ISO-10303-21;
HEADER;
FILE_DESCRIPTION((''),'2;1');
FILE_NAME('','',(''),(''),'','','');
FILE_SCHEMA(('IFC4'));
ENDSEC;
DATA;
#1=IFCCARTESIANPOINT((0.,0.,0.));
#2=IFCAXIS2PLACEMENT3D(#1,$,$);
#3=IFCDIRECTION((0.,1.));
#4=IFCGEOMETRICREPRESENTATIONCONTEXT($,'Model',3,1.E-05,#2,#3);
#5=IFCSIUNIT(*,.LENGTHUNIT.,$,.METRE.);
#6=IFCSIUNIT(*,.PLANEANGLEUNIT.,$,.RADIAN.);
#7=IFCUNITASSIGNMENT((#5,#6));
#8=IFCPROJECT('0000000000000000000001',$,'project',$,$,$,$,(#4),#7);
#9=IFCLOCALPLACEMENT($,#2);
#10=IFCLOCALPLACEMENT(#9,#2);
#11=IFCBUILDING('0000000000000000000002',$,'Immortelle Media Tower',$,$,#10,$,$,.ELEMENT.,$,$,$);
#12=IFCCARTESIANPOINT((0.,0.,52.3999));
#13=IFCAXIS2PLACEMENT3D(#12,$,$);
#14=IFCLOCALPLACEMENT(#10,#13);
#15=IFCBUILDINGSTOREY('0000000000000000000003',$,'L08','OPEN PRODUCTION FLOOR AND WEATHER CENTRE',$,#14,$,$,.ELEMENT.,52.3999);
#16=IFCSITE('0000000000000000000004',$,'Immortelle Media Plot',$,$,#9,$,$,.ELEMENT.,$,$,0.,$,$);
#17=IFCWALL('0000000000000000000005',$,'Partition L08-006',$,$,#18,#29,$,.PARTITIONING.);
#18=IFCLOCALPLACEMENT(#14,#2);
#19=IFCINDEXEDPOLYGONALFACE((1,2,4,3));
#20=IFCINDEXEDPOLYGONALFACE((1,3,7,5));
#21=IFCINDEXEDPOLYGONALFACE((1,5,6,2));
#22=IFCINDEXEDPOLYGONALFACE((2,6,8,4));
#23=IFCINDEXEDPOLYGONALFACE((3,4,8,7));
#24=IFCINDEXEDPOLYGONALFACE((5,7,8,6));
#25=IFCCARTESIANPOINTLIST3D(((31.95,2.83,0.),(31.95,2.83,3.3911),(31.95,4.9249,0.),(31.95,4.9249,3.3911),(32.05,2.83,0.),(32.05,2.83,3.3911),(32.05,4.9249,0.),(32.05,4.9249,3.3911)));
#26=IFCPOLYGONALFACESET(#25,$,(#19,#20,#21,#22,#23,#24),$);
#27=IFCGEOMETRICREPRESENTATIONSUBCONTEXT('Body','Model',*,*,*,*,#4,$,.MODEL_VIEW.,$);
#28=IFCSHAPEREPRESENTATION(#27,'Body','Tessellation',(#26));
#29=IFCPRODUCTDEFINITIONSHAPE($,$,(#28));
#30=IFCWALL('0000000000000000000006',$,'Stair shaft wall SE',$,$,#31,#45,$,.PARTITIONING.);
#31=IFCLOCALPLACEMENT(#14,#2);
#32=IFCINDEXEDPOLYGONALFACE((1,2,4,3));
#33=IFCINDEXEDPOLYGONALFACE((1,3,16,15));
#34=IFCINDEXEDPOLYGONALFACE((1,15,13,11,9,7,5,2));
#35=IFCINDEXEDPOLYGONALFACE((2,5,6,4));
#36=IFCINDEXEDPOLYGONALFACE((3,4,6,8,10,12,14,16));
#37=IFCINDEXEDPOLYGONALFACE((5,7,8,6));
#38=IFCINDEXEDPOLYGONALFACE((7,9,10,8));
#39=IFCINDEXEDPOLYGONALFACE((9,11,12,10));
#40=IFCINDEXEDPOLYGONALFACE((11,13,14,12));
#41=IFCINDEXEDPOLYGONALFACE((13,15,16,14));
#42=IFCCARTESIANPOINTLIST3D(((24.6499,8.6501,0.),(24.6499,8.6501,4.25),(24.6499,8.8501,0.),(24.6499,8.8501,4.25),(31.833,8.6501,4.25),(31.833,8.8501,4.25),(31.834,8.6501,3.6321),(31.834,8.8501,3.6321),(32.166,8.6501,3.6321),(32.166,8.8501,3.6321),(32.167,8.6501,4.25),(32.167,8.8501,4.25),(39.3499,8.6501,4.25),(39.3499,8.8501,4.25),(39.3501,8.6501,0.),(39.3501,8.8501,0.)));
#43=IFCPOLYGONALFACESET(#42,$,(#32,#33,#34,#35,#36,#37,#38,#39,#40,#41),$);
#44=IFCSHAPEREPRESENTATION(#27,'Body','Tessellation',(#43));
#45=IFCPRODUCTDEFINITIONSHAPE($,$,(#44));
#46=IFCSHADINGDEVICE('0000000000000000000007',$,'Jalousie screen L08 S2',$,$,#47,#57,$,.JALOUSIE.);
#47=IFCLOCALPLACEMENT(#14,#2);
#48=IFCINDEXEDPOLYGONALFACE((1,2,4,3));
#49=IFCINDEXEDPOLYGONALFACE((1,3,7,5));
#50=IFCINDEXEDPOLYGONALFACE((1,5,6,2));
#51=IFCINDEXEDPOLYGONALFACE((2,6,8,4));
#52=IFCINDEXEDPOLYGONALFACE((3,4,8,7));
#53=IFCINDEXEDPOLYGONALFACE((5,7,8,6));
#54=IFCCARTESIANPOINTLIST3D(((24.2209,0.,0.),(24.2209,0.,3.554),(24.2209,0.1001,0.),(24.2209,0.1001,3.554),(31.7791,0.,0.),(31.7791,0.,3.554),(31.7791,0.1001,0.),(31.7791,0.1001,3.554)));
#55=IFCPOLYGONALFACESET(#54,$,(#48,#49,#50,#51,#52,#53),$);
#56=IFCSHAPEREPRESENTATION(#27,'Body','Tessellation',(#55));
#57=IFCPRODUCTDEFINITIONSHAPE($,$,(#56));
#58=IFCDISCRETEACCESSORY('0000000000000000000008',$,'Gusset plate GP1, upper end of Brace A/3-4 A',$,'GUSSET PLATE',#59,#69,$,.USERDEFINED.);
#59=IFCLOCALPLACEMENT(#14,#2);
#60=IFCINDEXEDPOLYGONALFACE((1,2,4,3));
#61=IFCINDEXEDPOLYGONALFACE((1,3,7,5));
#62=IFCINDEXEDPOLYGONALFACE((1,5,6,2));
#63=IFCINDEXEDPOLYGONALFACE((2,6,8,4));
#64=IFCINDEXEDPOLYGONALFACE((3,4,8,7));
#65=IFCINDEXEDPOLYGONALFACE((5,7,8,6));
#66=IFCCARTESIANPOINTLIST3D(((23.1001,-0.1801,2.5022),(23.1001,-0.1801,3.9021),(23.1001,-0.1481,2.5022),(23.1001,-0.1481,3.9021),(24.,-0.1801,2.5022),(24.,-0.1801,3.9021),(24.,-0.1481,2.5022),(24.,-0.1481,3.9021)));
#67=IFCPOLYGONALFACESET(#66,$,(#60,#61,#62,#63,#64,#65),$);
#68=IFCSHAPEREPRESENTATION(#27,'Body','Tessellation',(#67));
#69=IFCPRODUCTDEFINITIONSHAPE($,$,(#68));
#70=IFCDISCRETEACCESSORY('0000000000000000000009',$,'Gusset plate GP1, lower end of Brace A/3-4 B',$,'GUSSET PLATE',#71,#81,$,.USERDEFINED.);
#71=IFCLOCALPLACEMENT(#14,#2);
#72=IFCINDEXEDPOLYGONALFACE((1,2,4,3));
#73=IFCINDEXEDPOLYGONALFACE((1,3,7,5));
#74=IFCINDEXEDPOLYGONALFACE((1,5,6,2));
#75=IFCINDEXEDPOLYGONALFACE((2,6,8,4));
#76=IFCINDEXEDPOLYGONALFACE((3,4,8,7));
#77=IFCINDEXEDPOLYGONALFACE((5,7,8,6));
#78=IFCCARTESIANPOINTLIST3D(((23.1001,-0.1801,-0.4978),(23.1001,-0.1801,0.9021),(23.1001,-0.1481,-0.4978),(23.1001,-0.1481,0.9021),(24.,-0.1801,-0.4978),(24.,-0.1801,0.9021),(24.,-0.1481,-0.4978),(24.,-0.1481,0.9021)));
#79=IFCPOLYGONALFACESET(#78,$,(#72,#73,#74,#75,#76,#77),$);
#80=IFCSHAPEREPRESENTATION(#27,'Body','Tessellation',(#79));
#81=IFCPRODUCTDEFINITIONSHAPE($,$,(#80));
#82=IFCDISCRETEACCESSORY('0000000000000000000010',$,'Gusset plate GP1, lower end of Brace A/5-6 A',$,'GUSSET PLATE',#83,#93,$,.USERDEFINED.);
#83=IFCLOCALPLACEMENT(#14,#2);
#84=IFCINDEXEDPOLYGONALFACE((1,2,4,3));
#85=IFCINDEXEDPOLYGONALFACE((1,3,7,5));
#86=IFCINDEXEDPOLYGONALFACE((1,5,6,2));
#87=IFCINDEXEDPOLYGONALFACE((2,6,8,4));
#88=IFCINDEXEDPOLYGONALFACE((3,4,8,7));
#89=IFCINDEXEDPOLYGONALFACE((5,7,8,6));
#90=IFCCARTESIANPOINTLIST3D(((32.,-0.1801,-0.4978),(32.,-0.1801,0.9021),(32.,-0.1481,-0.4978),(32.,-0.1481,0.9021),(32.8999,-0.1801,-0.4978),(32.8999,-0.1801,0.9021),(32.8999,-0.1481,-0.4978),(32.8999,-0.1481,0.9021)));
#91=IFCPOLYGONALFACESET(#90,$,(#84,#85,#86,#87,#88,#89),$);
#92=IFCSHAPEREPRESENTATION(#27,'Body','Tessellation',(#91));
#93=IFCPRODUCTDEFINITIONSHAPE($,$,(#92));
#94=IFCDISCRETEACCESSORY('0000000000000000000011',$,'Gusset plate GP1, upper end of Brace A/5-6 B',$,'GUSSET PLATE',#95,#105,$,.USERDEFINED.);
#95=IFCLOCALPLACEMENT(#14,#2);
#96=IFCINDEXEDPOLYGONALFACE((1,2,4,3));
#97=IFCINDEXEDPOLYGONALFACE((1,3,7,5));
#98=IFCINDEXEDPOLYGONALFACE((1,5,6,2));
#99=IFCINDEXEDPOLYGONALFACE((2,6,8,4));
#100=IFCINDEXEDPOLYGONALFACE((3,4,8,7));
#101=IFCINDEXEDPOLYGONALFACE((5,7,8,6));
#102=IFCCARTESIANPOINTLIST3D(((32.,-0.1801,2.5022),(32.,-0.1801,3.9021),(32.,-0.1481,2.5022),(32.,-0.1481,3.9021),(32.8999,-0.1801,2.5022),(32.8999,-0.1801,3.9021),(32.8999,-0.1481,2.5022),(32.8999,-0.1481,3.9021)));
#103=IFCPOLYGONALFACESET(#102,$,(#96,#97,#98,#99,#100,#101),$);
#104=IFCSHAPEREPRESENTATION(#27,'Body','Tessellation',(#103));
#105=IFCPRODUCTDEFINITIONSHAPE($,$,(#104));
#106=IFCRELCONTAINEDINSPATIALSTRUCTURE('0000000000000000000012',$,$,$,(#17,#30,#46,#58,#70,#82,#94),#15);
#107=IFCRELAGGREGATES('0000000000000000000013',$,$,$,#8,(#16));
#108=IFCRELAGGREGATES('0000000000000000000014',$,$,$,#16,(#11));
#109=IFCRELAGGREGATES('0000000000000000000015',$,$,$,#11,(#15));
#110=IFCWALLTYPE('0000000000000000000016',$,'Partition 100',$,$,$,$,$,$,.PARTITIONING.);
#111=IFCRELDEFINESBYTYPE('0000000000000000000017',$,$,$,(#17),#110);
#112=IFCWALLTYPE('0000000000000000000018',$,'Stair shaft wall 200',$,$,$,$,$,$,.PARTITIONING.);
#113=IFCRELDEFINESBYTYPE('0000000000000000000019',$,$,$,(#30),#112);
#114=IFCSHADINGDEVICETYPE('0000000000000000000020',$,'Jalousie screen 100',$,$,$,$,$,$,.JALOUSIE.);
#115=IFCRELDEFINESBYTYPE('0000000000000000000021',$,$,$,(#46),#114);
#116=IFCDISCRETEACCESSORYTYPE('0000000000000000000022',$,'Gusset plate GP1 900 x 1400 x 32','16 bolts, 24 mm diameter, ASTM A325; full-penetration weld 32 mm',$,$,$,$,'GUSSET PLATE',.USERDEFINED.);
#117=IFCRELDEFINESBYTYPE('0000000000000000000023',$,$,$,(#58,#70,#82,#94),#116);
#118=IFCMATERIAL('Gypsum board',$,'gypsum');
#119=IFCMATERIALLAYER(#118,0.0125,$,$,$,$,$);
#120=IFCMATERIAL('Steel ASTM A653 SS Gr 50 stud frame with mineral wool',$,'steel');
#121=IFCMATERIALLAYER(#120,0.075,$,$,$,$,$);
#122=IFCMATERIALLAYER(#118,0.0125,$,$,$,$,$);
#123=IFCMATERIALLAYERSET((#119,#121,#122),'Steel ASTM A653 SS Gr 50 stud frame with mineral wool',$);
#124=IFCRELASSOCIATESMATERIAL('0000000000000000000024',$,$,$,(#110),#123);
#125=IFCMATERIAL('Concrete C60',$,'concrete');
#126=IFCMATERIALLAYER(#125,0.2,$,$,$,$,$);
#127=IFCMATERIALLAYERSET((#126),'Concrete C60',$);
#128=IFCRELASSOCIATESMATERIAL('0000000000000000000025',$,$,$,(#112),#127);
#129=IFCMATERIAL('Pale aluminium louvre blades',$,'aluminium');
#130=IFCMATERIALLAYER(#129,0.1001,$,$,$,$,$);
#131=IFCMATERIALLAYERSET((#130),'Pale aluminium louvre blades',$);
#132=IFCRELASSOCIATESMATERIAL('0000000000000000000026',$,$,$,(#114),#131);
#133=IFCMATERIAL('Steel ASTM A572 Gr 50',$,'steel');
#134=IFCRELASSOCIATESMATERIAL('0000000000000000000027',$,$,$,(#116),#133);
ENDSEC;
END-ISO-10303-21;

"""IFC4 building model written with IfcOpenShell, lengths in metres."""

from ifc_helpers import new_model, si_unit, direction, frame, frame_2d, origin, origin_2d, place, context, subcontext, project, spatial, polyline, rectangle, outline, extrude, material, layer, layer_set, material_profile, profile_set, type_object, element, save


model = new_model("IFC4")

# Units and contexts
model_context = context("Model", 3, precision=1e-05, world=origin(), true_north=direction((0.0, 1.0)))
body_context = subcontext(model_context, "Body", "Model", "MODEL_VIEW")
ifc_project = project(units=[si_unit("LENGTHUNIT", "METRE"), si_unit("PLANEANGLEUNIT", "RADIAN")], contexts=[model_context])

# Site, building, storey
site_placement = place(None, origin())
site = spatial("IfcSite", under=ifc_project, at=site_placement, Name="Immortelle Media Plot", CompositionType="ELEMENT", RefElevation=0.0)
building_placement = place(site_placement, origin())
building = spatial("IfcBuilding", under=site, at=building_placement, Name="Immortelle Media Tower", CompositionType="ELEMENT")
storey_placement = place(building_placement, frame((0.0, 0.0, 52.3999)))
storey = spatial("IfcBuildingStorey", under=building, at=storey_placement, Name="L08", Description="OPEN PRODUCTION FLOOR AND WEATHER CENTRE", CompositionType="ELEMENT", Elevation=52.3999)

# Shared definitions
ifc_material_1 = material(Name="Steel ASTM A653 SS Gr 50 stud frame with mineral wool", Category="steel")

# Walls
ifc_material_2 = material(Name="Gypsum board", Category="gypsum")
ifc_layer_1 = layer(ifc_material_2, 0.0125)
ifc_layer_2 = layer(ifc_material_1, 0.075)
ifc_layer_3 = layer(ifc_material_2, 0.0125)
ifc_layer_set_1 = layer_set([ifc_layer_1, ifc_layer_2, ifc_layer_3], Name="Steel ASTM A653 SS Gr 50 stud frame with mineral wool")
wall_type_1 = type_object("IfcWallType", Name="Partition 100", PredefinedType="PARTITIONING", material=ifc_layer_set_1)
for number, where, z_axis, x_axis, name in (
    (1, (32.0, 2.8301, 0.0), (0.0, 0.0, 1.0), (0.0, 1.0, 0.0), "Partition L08-006"),
):
    element("IfcWall", number, at=place(storey_placement, frame(where, z_axis=z_axis, x_axis=x_axis)), inside=storey, type_object=wall_type_1, Name=name, PredefinedType="PARTITIONING", context=body_context, shape_type="SweptSolid", body=[
        extrude(rectangle(XDim=2.095, YDim=0.1001, at=frame_2d((1.0474, 0.0))), origin(), (0.0, 0.0, 1.0), 3.3911),
    ])
ifc_material_3 = material(Name="Concrete C60", Category="concrete")
ifc_layer_4 = layer(ifc_material_3, 0.2)
ifc_layer_set_2 = layer_set([ifc_layer_4], Name="Concrete C60")
wall_type_2 = type_object("IfcWallType", Name="Stair shaft wall 200", PredefinedType="PARTITIONING", material=ifc_layer_set_2)
wall_1_placement = place(storey_placement, frame((24.6499, 8.75, 0.0), z_axis=(0.0, 0.0, 1.0), x_axis=(1.0, 0.0, 0.0)))
element("IfcWall", 2, at=wall_1_placement, inside=storey, type_object=wall_type_2, Name="Stair shaft wall SE", PredefinedType="PARTITIONING", context=body_context, shape_type="SweptSolid", body=[
    extrude(outline(polyline([(0.0, 0.0), (14.7002, 0.0), (14.7, 4.25), (7.5171, 4.25), (7.5161, 3.6321), (7.1841, 3.6321), (7.1831, 4.25), (0.0, 4.25), (0.0, 0.0)])), frame((0.0, 0.1001, 0.0), z_axis=(0.0, -1.0, 0.0), x_axis=(1.0, 0.0, 0.0)), (0.0, 0.0, 1.0), 0.2),
])

# Shading device
ifc_material_4 = material(Name="Pale aluminium louvre blades", Category="aluminium")
ifc_layer_5 = layer(ifc_material_4, 0.1001)
ifc_layer_set_3 = layer_set([ifc_layer_5], Name="Pale aluminium louvre blades")
shading_device_type = type_object("IfcShadingDeviceType", Name="Jalousie screen 100", PredefinedType="JALOUSIE", material=ifc_layer_set_3)
shading_device_placement = place(storey_placement, frame((28.0, 0.05, 0.0), z_axis=(0.0, 0.0, 1.0), x_axis=(1.0, 0.0, 0.0)))
element("IfcShadingDevice", 3, at=shading_device_placement, inside=storey, type_object=shading_device_type, Name="Jalousie screen L08 S2", PredefinedType="JALOUSIE", context=body_context, shape_type="SweptSolid", body=[
    extrude(rectangle(XDim=7.5581, YDim=0.1001, at=origin_2d()), origin(), (0.0, 0.0, 1.0), 3.554),
])

# Discrete accessories
ifc_material_5 = material(Name="Steel ASTM A572 Gr 50", Category="steel")
ifc_material_profile_1 = material_profile(ifc_material_5, rectangle(XDim=0.032, YDim=1.3999, at=origin_2d()), Name="PL 32 x 1400")
ifc_profile_set_1 = profile_set([ifc_material_profile_1], Name="Steel ASTM A572 Gr 50")
discrete_accessory_type = type_object("IfcDiscreteAccessoryType", Name="Gusset plate GP1 900 x 1400 x 32", Description="16 bolts, 24 mm diameter, ASTM A325; full-penetration weld 32 mm", ElementType="GUSSET PLATE", PredefinedType="USERDEFINED", material=ifc_profile_set_1)
for number, where, z_axis, x_axis, name in (
    (4, (24.0, -0.1641, 3.2021), (-1.0, 0.0, 0.0), (0.0, -1.0, 0.0), "Gusset plate GP1, upper end of Brace A/3-4 A"),
    (5, (24.0, -0.1641, 0.2021), (-1.0, 0.0, 0.0), (0.0, -1.0, 0.0), "Gusset plate GP1, lower end of Brace A/3-4 B"),
    (6, (32.0, -0.1641, 0.2021), (1.0, 0.0, 0.0), (0.0, 1.0, 0.0), "Gusset plate GP1, lower end of Brace A/5-6 A"),
    (7, (32.0, -0.1641, 3.2021), (1.0, 0.0, 0.0), (0.0, 1.0, 0.0), "Gusset plate GP1, upper end of Brace A/5-6 B"),
):
    element("IfcDiscreteAccessory", number, at=place(storey_placement, frame(where, z_axis=z_axis, x_axis=x_axis)), inside=storey, type_object=discrete_accessory_type, Name=name, ObjectType="GUSSET PLATE", PredefinedType="USERDEFINED", context=body_context, shape_type="SweptSolid", body=[
        extrude(rectangle(XDim=0.032, YDim=1.3999, at=origin_2d()), origin(), (0.0, 0.0, 1.0), 0.8999),
    ])

save(model, "model.ifc")
